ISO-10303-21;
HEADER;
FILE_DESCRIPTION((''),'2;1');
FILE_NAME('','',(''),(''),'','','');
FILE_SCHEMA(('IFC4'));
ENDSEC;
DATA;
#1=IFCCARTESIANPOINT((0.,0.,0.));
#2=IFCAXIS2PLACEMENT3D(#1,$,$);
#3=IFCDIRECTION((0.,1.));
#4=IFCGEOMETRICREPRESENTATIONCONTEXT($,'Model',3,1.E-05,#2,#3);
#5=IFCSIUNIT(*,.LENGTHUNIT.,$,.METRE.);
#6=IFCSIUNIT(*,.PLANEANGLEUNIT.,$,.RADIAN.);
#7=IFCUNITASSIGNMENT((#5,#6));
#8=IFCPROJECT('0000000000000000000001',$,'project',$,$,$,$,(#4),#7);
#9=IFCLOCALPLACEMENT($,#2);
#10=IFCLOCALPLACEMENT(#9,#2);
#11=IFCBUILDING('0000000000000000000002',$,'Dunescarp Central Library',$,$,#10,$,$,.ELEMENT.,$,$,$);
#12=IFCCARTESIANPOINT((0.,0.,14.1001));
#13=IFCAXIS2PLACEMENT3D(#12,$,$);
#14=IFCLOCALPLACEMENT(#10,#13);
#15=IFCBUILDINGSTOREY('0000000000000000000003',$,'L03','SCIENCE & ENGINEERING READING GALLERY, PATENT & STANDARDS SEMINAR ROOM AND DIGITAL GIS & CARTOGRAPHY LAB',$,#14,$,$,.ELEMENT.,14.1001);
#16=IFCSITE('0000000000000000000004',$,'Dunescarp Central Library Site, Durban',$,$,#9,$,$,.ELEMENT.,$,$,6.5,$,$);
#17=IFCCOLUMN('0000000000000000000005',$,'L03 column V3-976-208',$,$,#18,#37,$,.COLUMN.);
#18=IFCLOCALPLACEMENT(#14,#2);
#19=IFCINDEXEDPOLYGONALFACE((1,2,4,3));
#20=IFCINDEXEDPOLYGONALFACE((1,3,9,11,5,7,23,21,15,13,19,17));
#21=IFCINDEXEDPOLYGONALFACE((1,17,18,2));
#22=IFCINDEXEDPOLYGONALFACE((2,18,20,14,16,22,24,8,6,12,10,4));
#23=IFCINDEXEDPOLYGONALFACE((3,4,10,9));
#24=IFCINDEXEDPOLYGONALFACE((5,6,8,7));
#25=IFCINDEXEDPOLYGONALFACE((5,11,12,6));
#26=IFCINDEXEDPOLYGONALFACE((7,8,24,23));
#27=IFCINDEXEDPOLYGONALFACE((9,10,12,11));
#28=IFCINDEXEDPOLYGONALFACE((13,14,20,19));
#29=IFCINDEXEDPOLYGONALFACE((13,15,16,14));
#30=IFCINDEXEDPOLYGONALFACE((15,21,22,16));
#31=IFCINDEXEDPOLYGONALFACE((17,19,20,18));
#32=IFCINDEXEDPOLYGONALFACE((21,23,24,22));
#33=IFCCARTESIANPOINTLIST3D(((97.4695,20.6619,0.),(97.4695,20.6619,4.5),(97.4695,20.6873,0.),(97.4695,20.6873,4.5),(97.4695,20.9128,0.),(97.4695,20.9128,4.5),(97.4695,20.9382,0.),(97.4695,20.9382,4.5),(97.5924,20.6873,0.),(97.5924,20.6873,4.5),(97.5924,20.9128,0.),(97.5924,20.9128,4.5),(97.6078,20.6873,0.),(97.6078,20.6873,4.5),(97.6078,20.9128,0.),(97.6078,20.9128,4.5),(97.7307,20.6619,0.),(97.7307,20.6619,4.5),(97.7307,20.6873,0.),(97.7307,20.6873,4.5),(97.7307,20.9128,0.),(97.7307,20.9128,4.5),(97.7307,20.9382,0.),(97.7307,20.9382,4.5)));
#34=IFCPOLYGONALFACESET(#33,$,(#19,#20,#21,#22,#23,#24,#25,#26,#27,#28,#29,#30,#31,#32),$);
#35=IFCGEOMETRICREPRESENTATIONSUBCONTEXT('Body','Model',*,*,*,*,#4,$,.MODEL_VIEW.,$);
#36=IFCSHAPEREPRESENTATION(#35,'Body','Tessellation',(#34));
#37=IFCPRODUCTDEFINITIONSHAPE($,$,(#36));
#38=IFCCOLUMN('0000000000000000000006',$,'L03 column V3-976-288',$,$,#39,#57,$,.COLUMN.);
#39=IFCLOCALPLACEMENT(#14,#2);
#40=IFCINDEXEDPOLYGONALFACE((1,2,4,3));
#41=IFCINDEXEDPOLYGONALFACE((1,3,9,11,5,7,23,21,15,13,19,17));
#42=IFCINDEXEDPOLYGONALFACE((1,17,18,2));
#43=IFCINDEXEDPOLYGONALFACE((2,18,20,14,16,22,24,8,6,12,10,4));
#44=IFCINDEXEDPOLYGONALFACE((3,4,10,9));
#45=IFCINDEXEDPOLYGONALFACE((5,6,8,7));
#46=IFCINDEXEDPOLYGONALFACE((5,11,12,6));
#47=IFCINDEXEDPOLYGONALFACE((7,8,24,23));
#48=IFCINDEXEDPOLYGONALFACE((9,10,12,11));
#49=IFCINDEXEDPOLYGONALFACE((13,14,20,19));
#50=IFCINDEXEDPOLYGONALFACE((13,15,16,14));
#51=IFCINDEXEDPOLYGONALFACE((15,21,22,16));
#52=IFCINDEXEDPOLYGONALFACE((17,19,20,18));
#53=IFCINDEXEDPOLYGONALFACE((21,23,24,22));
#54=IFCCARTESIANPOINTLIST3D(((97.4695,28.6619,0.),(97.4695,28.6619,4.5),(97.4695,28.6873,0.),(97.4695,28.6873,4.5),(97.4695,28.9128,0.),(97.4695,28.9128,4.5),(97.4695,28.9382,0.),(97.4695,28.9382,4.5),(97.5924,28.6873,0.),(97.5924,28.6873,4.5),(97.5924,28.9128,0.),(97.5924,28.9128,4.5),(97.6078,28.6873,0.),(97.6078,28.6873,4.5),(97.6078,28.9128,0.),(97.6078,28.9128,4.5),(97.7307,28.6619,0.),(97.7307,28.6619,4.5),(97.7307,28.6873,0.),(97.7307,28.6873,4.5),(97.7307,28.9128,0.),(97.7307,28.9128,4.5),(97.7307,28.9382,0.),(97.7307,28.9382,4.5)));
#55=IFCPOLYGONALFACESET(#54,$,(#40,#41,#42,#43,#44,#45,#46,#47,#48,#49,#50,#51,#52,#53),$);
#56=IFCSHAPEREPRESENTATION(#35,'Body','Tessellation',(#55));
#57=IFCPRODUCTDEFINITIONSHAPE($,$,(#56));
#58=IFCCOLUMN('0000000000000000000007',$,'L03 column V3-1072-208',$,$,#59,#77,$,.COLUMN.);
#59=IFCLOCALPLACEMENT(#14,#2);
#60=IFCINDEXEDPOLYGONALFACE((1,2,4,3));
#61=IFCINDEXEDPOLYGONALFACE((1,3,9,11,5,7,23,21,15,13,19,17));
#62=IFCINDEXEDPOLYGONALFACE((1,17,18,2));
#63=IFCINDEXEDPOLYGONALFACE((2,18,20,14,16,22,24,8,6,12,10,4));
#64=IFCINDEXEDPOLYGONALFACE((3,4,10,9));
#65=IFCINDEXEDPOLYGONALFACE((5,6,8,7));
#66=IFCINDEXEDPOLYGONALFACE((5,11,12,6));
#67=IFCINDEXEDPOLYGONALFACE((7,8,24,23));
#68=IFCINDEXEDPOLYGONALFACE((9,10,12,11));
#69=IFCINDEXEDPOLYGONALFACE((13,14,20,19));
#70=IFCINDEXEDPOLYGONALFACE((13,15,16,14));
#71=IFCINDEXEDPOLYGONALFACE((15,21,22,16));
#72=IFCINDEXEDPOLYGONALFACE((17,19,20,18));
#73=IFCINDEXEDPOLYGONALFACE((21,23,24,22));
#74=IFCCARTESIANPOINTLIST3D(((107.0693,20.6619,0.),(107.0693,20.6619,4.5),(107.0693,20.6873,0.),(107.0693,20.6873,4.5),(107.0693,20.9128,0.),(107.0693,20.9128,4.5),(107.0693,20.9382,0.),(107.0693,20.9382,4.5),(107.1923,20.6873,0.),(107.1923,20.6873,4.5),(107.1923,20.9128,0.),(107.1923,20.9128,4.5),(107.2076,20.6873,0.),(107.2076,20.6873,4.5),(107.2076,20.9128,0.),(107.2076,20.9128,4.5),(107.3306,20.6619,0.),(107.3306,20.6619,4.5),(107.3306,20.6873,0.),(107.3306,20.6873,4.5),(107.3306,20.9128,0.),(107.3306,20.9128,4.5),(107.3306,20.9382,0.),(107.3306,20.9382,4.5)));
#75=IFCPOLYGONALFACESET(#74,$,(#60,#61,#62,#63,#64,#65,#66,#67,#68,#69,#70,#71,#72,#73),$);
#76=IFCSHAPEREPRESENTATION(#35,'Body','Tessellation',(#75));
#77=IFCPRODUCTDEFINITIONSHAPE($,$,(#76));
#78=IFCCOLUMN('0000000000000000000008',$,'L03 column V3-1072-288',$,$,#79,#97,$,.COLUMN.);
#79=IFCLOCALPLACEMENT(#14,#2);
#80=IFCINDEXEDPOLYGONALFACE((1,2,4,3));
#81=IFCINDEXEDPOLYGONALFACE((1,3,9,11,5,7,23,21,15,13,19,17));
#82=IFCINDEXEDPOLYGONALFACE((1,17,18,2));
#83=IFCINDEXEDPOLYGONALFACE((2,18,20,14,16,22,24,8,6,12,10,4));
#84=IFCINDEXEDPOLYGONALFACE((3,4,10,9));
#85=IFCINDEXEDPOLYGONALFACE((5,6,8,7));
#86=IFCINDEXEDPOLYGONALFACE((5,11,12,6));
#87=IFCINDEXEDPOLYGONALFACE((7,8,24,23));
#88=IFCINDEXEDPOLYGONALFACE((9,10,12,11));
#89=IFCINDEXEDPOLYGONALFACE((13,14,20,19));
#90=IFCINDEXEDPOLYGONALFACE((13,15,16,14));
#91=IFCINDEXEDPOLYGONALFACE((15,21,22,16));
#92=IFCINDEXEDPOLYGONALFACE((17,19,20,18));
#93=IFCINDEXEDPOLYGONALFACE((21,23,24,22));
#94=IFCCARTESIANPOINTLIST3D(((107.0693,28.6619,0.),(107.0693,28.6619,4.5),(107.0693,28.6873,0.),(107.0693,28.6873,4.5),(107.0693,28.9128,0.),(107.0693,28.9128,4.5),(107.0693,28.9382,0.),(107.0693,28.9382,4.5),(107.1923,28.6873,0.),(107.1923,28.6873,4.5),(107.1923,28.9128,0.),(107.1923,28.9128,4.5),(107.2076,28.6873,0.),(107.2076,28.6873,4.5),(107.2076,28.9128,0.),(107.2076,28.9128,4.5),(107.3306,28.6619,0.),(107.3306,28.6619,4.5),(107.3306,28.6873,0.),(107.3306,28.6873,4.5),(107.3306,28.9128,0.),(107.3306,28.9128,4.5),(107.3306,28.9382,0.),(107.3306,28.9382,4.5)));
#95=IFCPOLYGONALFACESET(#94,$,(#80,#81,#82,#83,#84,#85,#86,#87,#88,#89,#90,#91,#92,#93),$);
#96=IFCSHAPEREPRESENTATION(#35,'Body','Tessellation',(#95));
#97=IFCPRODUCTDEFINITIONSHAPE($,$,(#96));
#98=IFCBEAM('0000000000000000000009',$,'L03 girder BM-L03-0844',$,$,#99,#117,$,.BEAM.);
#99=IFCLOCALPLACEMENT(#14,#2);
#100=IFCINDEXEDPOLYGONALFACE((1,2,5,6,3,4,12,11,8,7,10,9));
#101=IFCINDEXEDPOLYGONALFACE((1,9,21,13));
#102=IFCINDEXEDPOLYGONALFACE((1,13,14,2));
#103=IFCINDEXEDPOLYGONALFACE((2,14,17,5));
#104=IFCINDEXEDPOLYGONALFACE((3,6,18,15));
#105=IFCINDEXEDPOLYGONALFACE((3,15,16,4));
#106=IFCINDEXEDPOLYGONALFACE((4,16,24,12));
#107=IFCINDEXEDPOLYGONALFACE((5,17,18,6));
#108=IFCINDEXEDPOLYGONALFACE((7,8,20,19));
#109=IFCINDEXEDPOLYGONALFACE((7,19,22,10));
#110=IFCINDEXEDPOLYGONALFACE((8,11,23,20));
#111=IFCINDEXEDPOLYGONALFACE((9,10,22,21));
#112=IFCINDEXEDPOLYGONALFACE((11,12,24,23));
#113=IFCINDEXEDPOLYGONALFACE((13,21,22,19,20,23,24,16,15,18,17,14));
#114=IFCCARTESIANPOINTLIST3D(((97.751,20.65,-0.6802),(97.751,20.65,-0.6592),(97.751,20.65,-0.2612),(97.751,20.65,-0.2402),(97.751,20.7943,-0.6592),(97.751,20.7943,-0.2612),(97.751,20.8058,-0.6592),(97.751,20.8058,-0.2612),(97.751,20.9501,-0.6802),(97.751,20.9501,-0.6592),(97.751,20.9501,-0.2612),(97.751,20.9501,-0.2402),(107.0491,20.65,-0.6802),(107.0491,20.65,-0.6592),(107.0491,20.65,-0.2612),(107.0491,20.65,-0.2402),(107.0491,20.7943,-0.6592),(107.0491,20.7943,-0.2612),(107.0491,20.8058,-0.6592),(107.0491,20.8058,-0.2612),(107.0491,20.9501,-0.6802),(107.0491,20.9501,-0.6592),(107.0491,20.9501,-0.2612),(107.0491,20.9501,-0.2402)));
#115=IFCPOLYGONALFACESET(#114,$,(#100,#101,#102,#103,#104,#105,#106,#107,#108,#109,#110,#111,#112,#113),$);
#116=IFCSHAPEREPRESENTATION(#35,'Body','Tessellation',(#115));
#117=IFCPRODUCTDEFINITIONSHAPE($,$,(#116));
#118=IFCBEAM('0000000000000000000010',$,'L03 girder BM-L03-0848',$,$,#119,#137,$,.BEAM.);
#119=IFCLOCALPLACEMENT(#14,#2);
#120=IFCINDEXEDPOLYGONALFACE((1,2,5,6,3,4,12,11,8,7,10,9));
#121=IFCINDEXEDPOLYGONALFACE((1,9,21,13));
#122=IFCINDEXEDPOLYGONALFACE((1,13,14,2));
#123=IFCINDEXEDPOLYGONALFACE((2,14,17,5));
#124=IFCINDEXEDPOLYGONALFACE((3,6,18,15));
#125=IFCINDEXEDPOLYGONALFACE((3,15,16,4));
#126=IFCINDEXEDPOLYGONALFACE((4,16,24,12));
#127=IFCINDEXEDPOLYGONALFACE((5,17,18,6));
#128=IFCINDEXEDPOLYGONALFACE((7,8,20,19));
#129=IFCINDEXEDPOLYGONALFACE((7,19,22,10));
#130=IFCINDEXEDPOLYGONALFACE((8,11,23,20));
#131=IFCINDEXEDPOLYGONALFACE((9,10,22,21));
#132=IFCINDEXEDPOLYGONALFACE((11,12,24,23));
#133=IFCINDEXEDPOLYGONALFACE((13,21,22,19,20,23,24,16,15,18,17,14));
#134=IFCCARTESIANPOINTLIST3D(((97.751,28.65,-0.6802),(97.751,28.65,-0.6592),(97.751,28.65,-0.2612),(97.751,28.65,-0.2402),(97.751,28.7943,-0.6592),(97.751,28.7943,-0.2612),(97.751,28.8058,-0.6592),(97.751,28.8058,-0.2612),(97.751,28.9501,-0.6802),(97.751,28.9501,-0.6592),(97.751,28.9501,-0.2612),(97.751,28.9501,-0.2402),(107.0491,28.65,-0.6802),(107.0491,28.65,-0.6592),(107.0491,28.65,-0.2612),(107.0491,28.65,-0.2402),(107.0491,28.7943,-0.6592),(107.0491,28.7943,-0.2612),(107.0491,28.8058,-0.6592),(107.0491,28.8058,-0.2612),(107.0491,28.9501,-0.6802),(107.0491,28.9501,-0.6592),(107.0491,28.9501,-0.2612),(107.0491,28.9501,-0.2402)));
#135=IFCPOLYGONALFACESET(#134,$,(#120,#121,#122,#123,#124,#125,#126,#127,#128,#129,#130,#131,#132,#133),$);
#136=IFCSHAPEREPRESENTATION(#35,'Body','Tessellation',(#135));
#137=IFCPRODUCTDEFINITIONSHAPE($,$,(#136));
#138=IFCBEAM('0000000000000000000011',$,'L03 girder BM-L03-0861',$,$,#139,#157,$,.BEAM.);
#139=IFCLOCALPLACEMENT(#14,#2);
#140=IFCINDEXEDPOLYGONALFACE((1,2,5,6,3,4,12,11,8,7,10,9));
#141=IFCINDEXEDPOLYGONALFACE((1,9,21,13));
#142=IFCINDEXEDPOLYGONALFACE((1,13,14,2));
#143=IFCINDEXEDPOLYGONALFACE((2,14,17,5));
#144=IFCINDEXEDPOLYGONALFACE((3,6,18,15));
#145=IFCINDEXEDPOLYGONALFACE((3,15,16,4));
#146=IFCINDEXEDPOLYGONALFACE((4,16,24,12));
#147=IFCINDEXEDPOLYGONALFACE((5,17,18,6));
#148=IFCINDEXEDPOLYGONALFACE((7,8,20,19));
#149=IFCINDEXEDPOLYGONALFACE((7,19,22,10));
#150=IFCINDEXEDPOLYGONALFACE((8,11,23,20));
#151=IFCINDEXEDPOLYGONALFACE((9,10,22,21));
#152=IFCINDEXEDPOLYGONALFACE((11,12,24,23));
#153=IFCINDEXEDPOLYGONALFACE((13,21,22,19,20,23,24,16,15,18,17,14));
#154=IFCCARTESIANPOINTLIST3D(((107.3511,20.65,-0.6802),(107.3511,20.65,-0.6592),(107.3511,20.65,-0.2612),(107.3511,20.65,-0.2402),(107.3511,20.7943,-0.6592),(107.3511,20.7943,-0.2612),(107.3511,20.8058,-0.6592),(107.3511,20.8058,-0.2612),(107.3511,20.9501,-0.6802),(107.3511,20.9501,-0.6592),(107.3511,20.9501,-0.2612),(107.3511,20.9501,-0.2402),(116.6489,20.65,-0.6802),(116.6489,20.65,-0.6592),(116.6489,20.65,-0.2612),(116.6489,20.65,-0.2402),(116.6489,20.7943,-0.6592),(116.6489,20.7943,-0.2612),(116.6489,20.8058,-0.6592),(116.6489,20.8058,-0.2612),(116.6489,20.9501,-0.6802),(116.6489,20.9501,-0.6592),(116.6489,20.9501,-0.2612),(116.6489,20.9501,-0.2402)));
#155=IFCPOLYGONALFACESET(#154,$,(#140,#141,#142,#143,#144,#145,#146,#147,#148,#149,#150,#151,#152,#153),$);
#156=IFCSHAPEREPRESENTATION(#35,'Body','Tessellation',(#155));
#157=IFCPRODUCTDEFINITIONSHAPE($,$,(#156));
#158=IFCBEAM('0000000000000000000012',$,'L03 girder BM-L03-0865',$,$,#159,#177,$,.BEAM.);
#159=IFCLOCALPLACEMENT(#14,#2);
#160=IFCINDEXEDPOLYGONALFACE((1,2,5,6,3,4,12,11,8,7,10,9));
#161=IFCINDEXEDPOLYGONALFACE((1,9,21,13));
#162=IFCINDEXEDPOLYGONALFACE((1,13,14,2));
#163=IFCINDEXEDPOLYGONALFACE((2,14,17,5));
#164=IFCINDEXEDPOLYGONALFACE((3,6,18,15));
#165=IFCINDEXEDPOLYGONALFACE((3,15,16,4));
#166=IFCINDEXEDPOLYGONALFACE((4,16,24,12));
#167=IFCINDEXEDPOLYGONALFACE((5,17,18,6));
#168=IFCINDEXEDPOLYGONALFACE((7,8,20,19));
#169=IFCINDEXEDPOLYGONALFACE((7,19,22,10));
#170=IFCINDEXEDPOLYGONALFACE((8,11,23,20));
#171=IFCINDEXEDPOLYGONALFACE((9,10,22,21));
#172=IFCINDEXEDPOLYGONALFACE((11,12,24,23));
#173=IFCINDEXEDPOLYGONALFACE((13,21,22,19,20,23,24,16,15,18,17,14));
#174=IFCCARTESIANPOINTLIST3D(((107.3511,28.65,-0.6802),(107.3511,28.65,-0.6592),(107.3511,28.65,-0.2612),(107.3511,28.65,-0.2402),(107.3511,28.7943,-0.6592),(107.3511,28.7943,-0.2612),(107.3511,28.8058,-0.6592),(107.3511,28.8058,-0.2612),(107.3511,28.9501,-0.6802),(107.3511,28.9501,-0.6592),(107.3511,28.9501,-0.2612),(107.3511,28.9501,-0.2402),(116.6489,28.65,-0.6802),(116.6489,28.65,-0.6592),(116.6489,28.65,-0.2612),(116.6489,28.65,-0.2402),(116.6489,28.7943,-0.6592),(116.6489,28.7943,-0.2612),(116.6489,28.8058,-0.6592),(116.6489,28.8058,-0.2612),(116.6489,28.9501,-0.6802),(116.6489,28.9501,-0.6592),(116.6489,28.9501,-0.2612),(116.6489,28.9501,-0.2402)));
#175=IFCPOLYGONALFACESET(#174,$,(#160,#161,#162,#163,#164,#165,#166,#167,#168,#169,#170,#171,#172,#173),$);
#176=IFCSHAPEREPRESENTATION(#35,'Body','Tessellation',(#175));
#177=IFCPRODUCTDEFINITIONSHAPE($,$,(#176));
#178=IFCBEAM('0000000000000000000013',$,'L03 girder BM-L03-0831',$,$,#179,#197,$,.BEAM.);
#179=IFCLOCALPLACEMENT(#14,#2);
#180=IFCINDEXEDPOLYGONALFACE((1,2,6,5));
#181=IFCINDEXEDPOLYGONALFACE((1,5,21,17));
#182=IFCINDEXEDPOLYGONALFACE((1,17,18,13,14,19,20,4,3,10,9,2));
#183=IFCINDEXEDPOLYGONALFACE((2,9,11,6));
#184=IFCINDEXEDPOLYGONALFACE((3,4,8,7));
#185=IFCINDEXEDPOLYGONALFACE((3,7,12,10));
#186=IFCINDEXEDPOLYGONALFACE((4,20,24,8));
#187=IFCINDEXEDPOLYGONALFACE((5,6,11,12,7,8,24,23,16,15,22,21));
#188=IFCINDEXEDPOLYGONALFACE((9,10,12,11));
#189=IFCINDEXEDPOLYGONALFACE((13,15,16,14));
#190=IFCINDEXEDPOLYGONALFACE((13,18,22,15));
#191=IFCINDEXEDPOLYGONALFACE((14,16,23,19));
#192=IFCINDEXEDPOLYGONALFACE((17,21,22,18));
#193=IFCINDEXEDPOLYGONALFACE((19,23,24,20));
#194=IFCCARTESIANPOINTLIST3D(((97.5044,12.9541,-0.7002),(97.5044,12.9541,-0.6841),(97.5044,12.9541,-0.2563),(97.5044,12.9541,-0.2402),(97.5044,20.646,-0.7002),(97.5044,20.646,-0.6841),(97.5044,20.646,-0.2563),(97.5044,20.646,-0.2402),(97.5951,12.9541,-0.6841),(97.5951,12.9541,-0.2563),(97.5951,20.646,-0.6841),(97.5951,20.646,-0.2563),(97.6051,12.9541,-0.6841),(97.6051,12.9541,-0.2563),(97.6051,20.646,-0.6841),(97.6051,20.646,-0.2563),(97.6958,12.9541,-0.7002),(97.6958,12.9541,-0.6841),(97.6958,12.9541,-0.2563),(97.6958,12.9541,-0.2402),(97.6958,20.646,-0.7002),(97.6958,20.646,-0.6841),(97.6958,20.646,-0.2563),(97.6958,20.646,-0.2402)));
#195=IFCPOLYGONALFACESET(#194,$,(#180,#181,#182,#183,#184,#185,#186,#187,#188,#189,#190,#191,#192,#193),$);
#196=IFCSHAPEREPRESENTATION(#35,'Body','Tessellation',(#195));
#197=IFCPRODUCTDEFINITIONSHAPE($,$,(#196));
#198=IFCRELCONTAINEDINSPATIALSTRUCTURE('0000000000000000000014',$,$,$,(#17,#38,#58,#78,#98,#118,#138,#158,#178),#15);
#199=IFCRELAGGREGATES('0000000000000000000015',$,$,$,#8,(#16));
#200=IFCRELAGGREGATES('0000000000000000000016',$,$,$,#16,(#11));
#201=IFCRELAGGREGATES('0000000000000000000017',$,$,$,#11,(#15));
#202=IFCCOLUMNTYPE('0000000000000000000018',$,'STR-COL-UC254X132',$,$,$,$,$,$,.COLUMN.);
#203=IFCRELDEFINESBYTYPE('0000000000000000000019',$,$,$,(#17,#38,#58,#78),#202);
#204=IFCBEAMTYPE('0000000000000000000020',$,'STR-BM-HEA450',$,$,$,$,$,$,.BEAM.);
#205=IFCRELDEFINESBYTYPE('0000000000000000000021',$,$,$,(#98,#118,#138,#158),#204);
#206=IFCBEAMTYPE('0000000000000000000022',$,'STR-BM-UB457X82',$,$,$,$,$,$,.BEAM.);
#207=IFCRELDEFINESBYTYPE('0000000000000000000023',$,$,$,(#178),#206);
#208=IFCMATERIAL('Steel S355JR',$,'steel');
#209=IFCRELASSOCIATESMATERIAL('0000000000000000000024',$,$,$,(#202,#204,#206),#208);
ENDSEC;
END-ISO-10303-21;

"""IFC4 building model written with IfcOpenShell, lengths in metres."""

from ifc_helpers import new_model, si_unit, direction, frame, origin, origin_2d, place, context, subcontext, project, spatial, i_section, extrude, material, material_profile, profile_set, type_object, element, save


model = new_model("IFC4")

# Units and contexts
model_context = context("Model", 3, precision=1e-05, world=origin(), true_north=direction((0.0, 1.0)))
body_context = subcontext(model_context, "Body", "Model", "MODEL_VIEW")
ifc_project = project(units=[si_unit("LENGTHUNIT", "METRE"), si_unit("PLANEANGLEUNIT", "RADIAN")], contexts=[model_context])

# Site, building, storey
site_placement = place(None, origin())
site = spatial("IfcSite", under=ifc_project, at=site_placement, Name="Dunescarp Central Library Site, Durban", CompositionType="ELEMENT", RefElevation=6.5)
building_placement = place(site_placement, origin())
building = spatial("IfcBuilding", under=site, at=building_placement, Name="Dunescarp Central Library", CompositionType="ELEMENT")
storey_placement = place(building_placement, frame((0.0, 0.0, 14.1001)))
storey = spatial("IfcBuildingStorey", under=building, at=storey_placement, Name="L03", Description="SCIENCE & ENGINEERING READING GALLERY, PATENT & STANDARDS SEMINAR ROOM AND DIGITAL GIS & CARTOGRAPHY LAB", CompositionType="ELEMENT", Elevation=14.1001)

# Columns
ifc_material = material(Name="Steel S355JR", Category="steel")
ifc_material_profile_1 = material_profile(ifc_material, i_section(OverallWidth=0.2612, OverallDepth=0.2764, WebThickness=0.0154, FlangeThickness=0.0254, at=origin_2d()), Name="UC 254x254x132")
ifc_profile_set_1 = profile_set([ifc_material_profile_1], Name="Steel S355JR")
column_type = type_object("IfcColumnType", Name="STR-COL-UC254X132", PredefinedType="COLUMN", material=ifc_profile_set_1)
for number, where, z_axis, x_axis, name in (
    (1, (97.6001, 20.8, 0.0), (0.0, 0.0, 1.0), (1.0, 0.0, 0.0), "L03 column V3-976-208"),
    (2, (97.6001, 28.8, 0.0), (0.0, 0.0, 1.0), (1.0, 0.0, 0.0), "L03 column V3-976-288"),
    (3, (107.2, 20.8, 0.0), (0.0, 0.0, 1.0), (1.0, 0.0, 0.0), "L03 column V3-1072-208"),
    (4, (107.2, 28.8, 0.0), (0.0, 0.0, 1.0), (1.0, 0.0, 0.0), "L03 column V3-1072-288"),
):
    element("IfcColumn", number, at=place(storey_placement, frame(where, z_axis=z_axis, x_axis=x_axis)), inside=storey, type_object=column_type, Name=name, PredefinedType="COLUMN", context=body_context, shape_type="SweptSolid", body=[
        extrude(i_section(OverallWidth=0.2612, OverallDepth=0.2764, WebThickness=0.0154, FlangeThickness=0.0254, at=origin_2d()), origin(), (0.0, 0.0, 1.0), 4.5),
    ])

# Beams
ifc_material_profile_2 = material_profile(ifc_material, i_section(OverallWidth=0.3, OverallDepth=0.4399, WebThickness=0.0115, FlangeThickness=0.021, at=origin_2d()), Name="HEA 450")
ifc_profile_set_2 = profile_set([ifc_material_profile_2], Name="Steel S355JR")
beam_type_1 = type_object("IfcBeamType", Name="STR-BM-HEA450", PredefinedType="BEAM", material=ifc_profile_set_2)
for number, where, z_axis, x_axis, name in (
    (5, (97.751, 20.8, -0.4602), (1.0, 0.0, 0.0), (0.0, 1.0, 0.0), "L03 girder BM-L03-0844"),
    (6, (97.751, 28.8, -0.4602), (1.0, 0.0, 0.0), (0.0, 1.0, 0.0), "L03 girder BM-L03-0848"),
):
    element("IfcBeam", number, at=place(storey_placement, frame(where, z_axis=z_axis, x_axis=x_axis)), inside=storey, type_object=beam_type_1, Name=name, PredefinedType="BEAM", context=body_context, shape_type="SweptSolid", body=[
        extrude(i_section(OverallWidth=0.3, OverallDepth=0.4399, WebThickness=0.0115, FlangeThickness=0.021, at=origin_2d()), origin(), (0.0, 0.0, 1.0), 9.2981),
    ])
for number, where, z_axis, x_axis, name in (
    (7, (107.3511, 20.8, -0.4602), (1.0, 0.0, 0.0), (0.0, 1.0, 0.0), "L03 girder BM-L03-0861"),
    (8, (107.3511, 28.8, -0.4602), (1.0, 0.0, 0.0), (0.0, 1.0, 0.0), "L03 girder BM-L03-0865"),
):
    element("IfcBeam", number, at=place(storey_placement, frame(where, z_axis=z_axis, x_axis=x_axis)), inside=storey, type_object=beam_type_1, Name=name, PredefinedType="BEAM", context=body_context, shape_type="SweptSolid", body=[
        extrude(i_section(OverallWidth=0.3, OverallDepth=0.4399, WebThickness=0.0115, FlangeThickness=0.021, at=origin_2d()), origin(), (0.0, 0.0, 1.0), 9.2979),
    ])
ifc_material_profile_3 = material_profile(ifc_material, i_section(OverallWidth=0.1914, OverallDepth=0.46, WebThickness=0.01, FlangeThickness=0.0161, at=origin_2d()), Name="UB 457x191x82")
ifc_profile_set_3 = profile_set([ifc_material_profile_3], Name="Steel S355JR")
beam_type_2 = type_object("IfcBeamType", Name="STR-BM-UB457X82", PredefinedType="BEAM", material=ifc_profile_set_3)
for number, where, z_axis, x_axis, name in (
    (9, (97.6001, 12.9541, -0.4702), (0.0, 1.0, 0.0), (-1.0, 0.0, 0.0), "L03 girder BM-L03-0831"),
):
    element("IfcBeam", number, at=place(storey_placement, frame(where, z_axis=z_axis, x_axis=x_axis)), inside=storey, type_object=beam_type_2, Name=name, PredefinedType="BEAM", context=body_context, shape_type="SweptSolid", body=[
        extrude(i_section(OverallWidth=0.1914, OverallDepth=0.46, WebThickness=0.01, FlangeThickness=0.0161, at=origin_2d()), origin(), (0.0, 0.0, 1.0), 7.6919),
    ])

save(model, "model.ifc")
